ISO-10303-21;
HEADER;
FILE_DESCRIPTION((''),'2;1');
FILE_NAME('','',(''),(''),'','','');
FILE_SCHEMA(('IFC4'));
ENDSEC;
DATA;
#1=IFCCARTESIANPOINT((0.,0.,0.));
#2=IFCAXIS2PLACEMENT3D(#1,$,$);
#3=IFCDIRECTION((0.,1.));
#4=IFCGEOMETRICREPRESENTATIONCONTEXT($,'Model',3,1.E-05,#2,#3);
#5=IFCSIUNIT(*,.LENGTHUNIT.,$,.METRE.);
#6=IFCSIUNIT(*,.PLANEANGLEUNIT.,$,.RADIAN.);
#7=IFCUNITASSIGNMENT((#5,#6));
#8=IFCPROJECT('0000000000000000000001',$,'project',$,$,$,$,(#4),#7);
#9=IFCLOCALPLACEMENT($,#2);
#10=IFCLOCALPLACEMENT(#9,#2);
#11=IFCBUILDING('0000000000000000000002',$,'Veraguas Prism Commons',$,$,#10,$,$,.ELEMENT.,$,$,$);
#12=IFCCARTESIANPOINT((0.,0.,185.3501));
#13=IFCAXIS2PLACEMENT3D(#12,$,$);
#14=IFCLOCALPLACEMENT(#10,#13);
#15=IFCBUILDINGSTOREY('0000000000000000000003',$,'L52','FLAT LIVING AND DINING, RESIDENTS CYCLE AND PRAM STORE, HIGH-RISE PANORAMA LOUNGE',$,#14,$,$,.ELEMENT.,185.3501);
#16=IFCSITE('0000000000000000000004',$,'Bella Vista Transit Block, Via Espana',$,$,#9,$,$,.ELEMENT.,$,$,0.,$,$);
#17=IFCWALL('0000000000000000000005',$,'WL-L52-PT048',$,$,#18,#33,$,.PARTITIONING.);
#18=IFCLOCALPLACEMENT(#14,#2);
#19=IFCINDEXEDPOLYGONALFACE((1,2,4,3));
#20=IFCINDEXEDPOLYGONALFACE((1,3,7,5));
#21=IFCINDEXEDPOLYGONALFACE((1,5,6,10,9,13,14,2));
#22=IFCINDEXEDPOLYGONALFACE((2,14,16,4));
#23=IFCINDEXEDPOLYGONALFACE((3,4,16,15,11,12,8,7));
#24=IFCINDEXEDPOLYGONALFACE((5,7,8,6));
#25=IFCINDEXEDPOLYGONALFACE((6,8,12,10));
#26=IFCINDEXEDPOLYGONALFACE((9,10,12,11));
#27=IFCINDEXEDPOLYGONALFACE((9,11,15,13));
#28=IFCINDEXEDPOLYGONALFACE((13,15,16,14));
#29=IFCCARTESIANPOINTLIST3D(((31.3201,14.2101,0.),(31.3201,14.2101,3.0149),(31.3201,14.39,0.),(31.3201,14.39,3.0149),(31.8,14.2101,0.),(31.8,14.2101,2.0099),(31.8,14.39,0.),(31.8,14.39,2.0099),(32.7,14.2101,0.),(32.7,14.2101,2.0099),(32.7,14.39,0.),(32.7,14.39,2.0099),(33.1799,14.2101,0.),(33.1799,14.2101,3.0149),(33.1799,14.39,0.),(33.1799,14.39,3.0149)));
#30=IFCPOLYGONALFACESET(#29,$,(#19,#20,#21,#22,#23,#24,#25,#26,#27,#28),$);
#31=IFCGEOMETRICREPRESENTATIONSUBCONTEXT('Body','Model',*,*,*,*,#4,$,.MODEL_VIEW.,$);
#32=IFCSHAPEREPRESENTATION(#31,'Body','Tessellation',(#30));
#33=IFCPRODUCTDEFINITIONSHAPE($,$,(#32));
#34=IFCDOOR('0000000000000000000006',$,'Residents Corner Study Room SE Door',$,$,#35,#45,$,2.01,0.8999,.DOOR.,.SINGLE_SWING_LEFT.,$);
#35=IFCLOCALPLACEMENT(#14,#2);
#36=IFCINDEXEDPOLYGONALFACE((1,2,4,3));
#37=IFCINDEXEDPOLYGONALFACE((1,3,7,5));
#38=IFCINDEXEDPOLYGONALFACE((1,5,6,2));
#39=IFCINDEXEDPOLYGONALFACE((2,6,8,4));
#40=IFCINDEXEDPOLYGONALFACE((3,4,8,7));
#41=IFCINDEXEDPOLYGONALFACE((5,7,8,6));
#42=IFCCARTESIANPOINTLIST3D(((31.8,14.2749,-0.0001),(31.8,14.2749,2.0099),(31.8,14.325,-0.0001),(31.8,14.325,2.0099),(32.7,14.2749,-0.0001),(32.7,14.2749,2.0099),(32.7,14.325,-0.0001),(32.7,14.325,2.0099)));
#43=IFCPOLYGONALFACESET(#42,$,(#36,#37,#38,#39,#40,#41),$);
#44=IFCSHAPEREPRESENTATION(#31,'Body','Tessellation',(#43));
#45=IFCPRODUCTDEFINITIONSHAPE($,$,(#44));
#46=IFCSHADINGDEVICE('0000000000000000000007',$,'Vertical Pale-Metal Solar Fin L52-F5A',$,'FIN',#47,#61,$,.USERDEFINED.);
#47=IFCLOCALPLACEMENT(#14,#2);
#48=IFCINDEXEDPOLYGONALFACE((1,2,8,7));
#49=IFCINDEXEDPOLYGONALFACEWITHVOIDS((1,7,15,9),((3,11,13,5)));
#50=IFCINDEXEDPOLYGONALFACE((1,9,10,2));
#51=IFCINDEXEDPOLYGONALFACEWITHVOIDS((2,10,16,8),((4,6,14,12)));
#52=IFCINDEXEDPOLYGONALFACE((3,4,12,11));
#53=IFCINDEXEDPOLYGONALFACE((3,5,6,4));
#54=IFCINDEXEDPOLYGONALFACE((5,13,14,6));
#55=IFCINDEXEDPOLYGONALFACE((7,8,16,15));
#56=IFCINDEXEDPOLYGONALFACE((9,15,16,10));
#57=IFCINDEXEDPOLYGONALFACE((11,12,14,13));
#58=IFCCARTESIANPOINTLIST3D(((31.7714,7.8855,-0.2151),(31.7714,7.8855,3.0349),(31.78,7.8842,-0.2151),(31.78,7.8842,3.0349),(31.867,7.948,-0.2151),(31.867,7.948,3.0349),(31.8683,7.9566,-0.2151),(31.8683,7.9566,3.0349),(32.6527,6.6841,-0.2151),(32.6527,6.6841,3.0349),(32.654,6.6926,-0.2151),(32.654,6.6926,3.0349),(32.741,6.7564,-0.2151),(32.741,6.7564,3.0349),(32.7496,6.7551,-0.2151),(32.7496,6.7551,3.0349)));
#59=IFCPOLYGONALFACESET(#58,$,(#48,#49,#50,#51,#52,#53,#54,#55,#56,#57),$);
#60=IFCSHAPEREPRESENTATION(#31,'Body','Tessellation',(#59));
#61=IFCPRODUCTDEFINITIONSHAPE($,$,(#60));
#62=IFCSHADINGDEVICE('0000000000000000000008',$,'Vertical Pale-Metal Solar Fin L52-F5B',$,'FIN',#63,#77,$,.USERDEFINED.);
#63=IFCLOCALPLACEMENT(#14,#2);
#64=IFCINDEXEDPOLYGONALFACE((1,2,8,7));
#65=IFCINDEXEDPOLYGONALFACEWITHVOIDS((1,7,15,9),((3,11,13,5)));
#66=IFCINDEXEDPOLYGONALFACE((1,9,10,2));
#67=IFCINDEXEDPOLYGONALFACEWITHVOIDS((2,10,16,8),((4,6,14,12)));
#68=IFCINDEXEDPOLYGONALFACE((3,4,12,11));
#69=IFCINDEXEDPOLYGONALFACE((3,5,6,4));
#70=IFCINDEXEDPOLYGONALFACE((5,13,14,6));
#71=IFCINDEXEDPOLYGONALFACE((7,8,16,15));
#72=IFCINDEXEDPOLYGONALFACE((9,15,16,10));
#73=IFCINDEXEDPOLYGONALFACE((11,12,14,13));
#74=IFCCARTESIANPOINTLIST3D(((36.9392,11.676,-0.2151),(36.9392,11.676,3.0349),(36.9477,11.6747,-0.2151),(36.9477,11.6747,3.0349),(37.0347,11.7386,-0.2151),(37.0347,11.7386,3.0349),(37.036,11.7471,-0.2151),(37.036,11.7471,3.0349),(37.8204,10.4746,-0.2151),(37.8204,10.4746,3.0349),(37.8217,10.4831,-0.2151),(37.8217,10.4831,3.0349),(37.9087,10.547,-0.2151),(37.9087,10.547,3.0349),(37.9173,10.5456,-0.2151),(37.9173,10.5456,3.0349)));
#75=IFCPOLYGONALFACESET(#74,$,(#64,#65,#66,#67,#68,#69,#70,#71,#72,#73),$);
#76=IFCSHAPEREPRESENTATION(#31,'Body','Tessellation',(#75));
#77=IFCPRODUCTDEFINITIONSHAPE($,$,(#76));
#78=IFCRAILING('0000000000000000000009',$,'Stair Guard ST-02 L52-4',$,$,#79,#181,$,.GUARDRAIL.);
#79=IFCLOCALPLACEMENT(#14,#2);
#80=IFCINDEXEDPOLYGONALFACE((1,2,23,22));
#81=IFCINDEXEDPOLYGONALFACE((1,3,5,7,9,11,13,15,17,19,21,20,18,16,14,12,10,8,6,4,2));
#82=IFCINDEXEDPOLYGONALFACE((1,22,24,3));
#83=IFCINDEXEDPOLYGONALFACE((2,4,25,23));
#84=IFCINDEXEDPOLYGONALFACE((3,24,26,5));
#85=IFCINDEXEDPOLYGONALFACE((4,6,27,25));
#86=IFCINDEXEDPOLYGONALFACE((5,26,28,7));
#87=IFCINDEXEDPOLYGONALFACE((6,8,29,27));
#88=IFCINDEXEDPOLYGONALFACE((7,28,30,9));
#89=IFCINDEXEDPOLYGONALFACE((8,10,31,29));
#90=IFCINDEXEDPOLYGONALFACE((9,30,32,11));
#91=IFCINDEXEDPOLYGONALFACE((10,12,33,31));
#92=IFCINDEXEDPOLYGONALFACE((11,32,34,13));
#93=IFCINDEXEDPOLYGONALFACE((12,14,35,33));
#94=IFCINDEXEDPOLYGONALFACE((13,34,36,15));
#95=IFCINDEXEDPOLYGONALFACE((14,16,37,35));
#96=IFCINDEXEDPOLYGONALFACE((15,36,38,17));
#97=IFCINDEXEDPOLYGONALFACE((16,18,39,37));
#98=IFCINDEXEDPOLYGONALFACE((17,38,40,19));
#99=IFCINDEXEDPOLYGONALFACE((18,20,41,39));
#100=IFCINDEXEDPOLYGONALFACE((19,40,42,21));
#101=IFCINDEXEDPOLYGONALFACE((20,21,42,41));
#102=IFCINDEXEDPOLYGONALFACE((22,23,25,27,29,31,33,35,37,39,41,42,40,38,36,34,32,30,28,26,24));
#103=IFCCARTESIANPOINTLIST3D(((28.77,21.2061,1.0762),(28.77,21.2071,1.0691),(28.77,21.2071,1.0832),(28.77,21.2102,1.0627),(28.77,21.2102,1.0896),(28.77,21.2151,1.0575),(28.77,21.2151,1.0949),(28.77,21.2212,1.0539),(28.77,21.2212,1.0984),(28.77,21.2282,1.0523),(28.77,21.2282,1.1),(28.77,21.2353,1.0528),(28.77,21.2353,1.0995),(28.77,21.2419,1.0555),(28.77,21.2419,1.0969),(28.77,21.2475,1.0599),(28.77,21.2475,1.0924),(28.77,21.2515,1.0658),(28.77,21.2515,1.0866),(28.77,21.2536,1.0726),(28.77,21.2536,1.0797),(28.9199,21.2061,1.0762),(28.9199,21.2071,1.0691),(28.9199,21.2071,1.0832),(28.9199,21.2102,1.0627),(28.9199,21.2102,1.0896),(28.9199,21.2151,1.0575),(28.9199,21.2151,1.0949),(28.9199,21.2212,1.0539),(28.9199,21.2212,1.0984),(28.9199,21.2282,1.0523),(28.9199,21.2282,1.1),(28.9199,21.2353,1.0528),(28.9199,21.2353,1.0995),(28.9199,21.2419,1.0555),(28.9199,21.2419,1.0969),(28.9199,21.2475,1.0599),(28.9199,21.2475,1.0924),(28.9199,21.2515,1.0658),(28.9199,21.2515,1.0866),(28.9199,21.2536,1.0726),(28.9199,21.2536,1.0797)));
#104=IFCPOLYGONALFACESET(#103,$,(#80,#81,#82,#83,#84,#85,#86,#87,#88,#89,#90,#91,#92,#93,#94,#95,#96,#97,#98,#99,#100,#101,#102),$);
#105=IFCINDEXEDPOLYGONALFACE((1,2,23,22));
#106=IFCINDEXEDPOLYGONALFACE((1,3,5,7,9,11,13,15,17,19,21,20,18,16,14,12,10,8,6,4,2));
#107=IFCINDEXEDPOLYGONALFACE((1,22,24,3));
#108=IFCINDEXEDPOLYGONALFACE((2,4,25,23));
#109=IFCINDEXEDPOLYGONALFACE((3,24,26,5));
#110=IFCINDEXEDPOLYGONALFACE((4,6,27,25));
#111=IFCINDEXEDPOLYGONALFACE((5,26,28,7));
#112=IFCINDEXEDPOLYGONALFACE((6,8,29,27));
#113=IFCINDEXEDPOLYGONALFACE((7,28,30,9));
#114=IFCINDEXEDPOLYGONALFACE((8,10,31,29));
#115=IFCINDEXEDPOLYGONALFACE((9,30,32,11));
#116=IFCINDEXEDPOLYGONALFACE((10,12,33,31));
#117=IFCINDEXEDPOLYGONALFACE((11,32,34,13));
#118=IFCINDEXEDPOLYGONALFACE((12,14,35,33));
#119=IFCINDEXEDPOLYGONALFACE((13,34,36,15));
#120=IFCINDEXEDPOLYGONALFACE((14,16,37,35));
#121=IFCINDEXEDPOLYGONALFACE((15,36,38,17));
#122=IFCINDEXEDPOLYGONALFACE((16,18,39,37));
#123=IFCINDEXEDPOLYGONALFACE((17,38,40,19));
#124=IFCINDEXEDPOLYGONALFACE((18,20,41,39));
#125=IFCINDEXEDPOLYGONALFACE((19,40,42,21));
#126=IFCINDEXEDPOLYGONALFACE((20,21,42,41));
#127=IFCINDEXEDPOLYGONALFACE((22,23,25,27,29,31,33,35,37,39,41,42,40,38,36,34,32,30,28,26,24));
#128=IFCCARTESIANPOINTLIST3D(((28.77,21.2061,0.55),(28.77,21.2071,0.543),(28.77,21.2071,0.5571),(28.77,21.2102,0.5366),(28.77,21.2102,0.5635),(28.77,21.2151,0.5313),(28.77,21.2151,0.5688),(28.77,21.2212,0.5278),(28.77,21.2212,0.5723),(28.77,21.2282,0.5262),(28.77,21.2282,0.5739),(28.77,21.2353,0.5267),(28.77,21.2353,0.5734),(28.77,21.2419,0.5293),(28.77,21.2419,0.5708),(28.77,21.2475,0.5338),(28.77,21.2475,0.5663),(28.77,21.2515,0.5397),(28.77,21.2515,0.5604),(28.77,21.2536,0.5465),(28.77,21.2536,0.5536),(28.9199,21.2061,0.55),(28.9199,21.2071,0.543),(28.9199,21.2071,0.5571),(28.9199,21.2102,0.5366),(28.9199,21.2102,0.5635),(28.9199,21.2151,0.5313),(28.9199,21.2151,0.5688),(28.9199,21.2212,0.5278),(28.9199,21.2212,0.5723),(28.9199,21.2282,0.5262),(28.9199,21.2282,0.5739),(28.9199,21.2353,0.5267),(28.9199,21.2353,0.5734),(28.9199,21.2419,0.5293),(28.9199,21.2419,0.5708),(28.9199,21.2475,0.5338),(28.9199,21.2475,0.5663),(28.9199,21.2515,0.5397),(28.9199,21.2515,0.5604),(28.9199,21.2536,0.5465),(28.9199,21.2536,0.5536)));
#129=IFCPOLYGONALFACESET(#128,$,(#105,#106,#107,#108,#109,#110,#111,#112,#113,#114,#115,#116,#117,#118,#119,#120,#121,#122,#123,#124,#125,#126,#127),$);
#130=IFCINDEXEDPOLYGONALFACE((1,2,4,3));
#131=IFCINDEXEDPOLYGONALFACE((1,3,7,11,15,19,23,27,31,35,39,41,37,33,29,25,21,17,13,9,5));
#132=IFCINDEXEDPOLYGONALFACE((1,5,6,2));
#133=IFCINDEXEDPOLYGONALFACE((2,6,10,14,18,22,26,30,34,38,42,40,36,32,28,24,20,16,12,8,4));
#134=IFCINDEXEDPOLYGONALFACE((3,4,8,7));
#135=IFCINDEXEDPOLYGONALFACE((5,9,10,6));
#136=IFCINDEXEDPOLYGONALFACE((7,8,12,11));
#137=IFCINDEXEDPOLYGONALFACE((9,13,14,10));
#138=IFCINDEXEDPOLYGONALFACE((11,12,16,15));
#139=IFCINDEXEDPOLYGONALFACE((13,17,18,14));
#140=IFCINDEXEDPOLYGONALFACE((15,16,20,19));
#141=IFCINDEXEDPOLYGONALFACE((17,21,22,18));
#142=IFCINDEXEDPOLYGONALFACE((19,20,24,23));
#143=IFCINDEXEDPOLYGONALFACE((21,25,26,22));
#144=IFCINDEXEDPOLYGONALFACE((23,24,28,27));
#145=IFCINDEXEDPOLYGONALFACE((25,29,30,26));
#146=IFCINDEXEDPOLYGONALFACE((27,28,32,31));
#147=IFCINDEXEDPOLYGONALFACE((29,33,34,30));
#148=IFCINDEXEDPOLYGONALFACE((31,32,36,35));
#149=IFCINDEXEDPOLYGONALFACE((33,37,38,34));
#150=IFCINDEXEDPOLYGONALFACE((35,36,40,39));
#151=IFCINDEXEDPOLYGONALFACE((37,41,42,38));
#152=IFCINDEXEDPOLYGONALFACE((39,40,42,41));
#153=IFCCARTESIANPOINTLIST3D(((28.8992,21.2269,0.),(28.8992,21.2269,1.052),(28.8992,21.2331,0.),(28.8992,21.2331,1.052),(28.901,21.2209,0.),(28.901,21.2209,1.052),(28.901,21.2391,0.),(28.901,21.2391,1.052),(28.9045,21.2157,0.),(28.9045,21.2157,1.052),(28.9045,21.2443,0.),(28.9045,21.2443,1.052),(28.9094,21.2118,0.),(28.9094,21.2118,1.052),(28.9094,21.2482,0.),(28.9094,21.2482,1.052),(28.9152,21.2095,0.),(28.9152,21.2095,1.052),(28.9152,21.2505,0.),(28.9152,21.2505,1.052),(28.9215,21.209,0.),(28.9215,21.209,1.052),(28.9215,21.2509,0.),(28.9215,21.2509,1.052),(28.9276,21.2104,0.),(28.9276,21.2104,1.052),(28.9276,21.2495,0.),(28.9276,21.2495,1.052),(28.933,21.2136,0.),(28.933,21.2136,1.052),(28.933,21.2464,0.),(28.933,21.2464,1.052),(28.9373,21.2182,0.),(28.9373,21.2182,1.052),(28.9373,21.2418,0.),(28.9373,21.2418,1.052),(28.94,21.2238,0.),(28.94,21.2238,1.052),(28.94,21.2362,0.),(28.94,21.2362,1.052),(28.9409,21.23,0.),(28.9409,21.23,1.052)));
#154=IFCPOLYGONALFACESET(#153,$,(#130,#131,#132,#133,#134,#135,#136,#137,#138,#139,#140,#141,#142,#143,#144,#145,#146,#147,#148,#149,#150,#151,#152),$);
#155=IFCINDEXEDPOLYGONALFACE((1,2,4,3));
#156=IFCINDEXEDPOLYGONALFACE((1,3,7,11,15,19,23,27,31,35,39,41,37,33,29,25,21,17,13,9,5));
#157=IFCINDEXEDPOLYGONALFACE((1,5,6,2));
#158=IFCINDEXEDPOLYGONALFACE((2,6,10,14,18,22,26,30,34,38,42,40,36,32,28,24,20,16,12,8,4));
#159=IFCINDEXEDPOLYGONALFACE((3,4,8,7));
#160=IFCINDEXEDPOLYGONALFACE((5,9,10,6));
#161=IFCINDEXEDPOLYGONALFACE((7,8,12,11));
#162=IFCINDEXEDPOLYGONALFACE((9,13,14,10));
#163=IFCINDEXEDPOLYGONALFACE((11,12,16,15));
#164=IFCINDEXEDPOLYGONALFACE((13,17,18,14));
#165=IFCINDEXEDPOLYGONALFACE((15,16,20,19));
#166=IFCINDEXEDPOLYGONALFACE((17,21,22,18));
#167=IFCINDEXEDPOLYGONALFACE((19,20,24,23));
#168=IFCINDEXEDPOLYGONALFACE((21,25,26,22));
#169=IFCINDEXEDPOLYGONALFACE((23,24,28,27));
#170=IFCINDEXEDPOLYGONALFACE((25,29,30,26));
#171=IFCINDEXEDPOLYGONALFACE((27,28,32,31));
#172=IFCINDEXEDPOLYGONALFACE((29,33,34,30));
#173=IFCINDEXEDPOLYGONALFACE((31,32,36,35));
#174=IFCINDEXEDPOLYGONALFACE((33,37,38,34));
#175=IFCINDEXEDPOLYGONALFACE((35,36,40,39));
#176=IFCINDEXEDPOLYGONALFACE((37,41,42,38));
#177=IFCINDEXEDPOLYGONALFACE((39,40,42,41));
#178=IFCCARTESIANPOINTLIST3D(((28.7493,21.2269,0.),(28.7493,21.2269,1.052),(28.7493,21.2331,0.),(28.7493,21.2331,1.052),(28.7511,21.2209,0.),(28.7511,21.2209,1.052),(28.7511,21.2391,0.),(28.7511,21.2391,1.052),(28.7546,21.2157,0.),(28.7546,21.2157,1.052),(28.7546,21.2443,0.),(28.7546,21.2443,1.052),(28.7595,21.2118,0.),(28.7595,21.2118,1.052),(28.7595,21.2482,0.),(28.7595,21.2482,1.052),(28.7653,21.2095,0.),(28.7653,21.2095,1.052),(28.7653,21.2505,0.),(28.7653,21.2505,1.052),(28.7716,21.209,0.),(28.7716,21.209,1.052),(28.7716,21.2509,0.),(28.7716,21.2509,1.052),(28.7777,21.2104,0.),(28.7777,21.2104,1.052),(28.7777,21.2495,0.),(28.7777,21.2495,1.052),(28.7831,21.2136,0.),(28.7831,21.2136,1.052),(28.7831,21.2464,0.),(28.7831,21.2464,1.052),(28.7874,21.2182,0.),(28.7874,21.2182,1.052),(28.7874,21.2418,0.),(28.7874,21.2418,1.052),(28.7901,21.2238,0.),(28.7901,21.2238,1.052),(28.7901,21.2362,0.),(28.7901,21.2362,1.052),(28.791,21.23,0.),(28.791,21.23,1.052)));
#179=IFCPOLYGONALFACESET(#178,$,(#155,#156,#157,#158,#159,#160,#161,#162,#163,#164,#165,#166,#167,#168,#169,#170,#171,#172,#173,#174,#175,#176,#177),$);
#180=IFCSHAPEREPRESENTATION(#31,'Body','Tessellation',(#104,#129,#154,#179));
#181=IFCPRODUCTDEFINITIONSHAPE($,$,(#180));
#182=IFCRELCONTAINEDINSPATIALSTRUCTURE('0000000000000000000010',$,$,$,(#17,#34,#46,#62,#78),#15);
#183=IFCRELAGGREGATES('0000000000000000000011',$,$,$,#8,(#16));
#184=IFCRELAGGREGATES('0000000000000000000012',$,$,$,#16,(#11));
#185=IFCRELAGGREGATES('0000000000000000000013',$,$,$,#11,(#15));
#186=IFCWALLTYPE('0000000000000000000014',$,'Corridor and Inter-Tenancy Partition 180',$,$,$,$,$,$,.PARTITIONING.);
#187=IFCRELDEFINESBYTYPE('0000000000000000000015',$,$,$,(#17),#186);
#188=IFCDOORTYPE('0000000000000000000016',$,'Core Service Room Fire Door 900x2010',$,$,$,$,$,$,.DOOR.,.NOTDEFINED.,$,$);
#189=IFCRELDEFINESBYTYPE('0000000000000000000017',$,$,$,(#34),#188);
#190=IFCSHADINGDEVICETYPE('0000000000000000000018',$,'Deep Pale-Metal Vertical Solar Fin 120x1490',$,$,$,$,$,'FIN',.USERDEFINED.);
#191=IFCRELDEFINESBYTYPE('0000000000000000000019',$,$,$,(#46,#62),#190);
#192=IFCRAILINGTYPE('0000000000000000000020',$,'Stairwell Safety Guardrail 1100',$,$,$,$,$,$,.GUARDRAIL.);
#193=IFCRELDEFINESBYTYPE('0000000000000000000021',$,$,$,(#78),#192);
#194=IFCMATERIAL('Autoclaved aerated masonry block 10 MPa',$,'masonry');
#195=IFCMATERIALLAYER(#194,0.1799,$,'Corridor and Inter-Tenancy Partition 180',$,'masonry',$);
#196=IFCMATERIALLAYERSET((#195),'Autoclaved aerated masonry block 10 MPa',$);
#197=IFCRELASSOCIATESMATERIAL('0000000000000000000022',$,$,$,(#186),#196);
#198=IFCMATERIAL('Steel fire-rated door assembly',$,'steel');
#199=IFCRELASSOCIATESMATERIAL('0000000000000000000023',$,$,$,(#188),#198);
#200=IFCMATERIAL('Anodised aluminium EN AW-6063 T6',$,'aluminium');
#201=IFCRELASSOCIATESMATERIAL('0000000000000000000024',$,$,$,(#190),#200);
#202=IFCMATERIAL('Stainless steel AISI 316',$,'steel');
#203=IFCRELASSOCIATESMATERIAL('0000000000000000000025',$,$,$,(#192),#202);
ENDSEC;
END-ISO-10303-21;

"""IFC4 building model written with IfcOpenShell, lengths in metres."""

from ifc_helpers import new_model, si_unit, direction, frame, frame_2d, origin, origin_2d, place, context, subcontext, project, spatial, rectangle, hollow_rectangle, circle, extrude, source, transform, mapped, material, layer, layer_set, material_profile, profile_set, type_object, element, fill, save


model = new_model("IFC4")

# Units and contexts
model_context = context("Model", 3, precision=1e-05, world=origin(), true_north=direction((0.0, 1.0)))
body_context = subcontext(model_context, "Body", "Model", "MODEL_VIEW")
ifc_project = project(units=[si_unit("LENGTHUNIT", "METRE"), si_unit("PLANEANGLEUNIT", "RADIAN")], contexts=[model_context])

# Site, building, storey
site_placement = place(None, origin())
site = spatial("IfcSite", under=ifc_project, at=site_placement, Name="Bella Vista Transit Block, Via Espana", CompositionType="ELEMENT", RefElevation=0.0)
building_placement = place(site_placement, origin())
building = spatial("IfcBuilding", under=site, at=building_placement, Name="Veraguas Prism Commons", CompositionType="ELEMENT")
storey_placement = place(building_placement, frame((0.0, 0.0, 185.3501)))
storey = spatial("IfcBuildingStorey", under=building, at=storey_placement, Name="L52", Description="FLAT LIVING AND DINING, RESIDENTS CYCLE AND PRAM STORE, HIGH-RISE PANORAMA LOUNGE", CompositionType="ELEMENT", Elevation=185.3501)

# Shared definitions
ifc_material_1 = material(Name="Anodised aluminium EN AW-6063 T6", Category="aluminium")

# Shared definitions
ifc_material_2 = material(Name="Autoclaved aerated masonry block 10 MPa", Category="masonry")
ifc_layer_1 = layer(ifc_material_2, 0.1799, Name="Corridor and Inter-Tenancy Partition 180", Category="masonry")
ifc_layer_set_1 = layer_set([ifc_layer_1], Name="Autoclaved aerated masonry block 10 MPa")
wall_type_1 = type_object("IfcWallType", Name="Corridor and Inter-Tenancy Partition 180", PredefinedType="PARTITIONING", material=ifc_layer_set_1)

# Shared definitions
ifc_material_3 = material(Name="Steel fire-rated door assembly", Category="steel")

# Wall, opening, door
wall_1_placement = place(storey_placement, frame((31.3201, 14.3, 0.0), z_axis=(0.0, 0.0, 1.0), x_axis=(1.0, 0.0, 0.0)))
wall_1 = element("IfcWall", 1, at=wall_1_placement, inside=storey, type_object=wall_type_1, Name="WL-L52-PT048", PredefinedType="PARTITIONING", context=body_context, shape_type="SweptSolid", body=[
    extrude(rectangle(XDim=1.8599, YDim=0.1799, at=frame_2d((0.9299, 0.0))), origin(), (0.0, 0.0, 1.0), 3.0149),
])
opening_1_placement = place(wall_1_placement, frame((0.48, 0.0, 0.0)))
opening_1 = element("IfcOpeningElement", 2, at=opening_1_placement, cuts=wall_1, PredefinedType="OPENING", context=body_context, shape_type="SweptSolid", body=[
    extrude(rectangle(XDim=0.8999, YDim=2.01, at=frame_2d((0.45, 1.0049))), frame((0.0, 0.0999, 0.0), z_axis=(0.0, -1.0, 0.0), x_axis=(1.0, 0.0, 0.0)), (0.0, 0.0, 1.0), 0.2),
])
door_type_1 = type_object("IfcDoorType", Name="Core Service Room Fire Door 900x2010", OperationType="NOTDEFINED", PredefinedType="DOOR", material=ifc_material_3)
shared_shape_1 = source(origin(), body_context, "Body", "SweptSolid", [
    extrude(rectangle(XDim=0.8999, YDim=2.01, at=frame_2d((0.45, 1.0049))), frame((0.0, 0.0249, 0.0), z_axis=(0.0, -1.0, 0.0), x_axis=(1.0, 0.0, 0.0)), (0.0, 0.0, 1.0), 0.05),
])
door_1_placement = place(opening_1_placement, origin())
door_1 = element("IfcDoor", 3, at=door_1_placement, inside=storey, type_object=door_type_1, Name="Residents Corner Study Room SE Door", OperationType="SINGLE_SWING_LEFT", OverallHeight=2.01, OverallWidth=0.8999, PredefinedType="DOOR", context=body_context, shape_type="MappedRepresentation", body=[
    mapped(shared_shape_1, transform((0.0, 0.0, 0.0), scale=1.0)),
])
fill(opening_1, door_1)

# Shading devices
ifc_material_profile_1 = material_profile(ifc_material_1, hollow_rectangle(XDim=0.1201, YDim=1.49, WallThickness=0.0061, at=origin_2d()), Name="FIN120X1490X6")
ifc_profile_set_1 = profile_set([ifc_material_profile_1], Name="Anodised aluminium EN AW-6063 T6")
shading_device_type = type_object("IfcShadingDeviceType", Name="Deep Pale-Metal Vertical Solar Fin 120x1490", ElementType="FIN", PredefinedType="USERDEFINED", material=ifc_profile_set_1)
for number, where, z_axis, x_axis, name in (
    (4, (32.2605, 7.3203, -0.2151), (0.0, 0.0, 1.0), (0.806341, 0.59145, 0.0), "Vertical Pale-Metal Solar Fin L52-F5A"),
    (5, (37.4282, 11.1108, -0.2151), (0.0, 0.0, 1.0), (0.806341, 0.59145, 0.0), "Vertical Pale-Metal Solar Fin L52-F5B"),
):
    element("IfcShadingDevice", number, at=place(storey_placement, frame(where, z_axis=z_axis, x_axis=x_axis)), inside=storey, type_object=shading_device_type, Name=name, ObjectType="FIN", PredefinedType="USERDEFINED", context=body_context, shape_type="SweptSolid", body=[
        extrude(hollow_rectangle(XDim=0.1201, YDim=1.49, WallThickness=0.0061, at=origin_2d()), origin(), (0.0, 0.0, 1.0), 3.25),
    ])

# Railing
ifc_material_4 = material(Name="Stainless steel AISI 316", Category="steel")
railing_type = type_object("IfcRailingType", Name="Stairwell Safety Guardrail 1100", PredefinedType="GUARDRAIL", material=ifc_material_4)
railing_placement = place(storey_placement, frame((28.9199, 21.23, 0.0)))
element("IfcRailing", 6, at=railing_placement, inside=storey, type_object=railing_type, Name="Stair Guard ST-02 L52-4", PredefinedType="GUARDRAIL", context=body_context, shape_type="SweptSolid", body=[
    extrude(circle(Radius=0.0239, at=origin_2d()), frame((0.0, 0.0, 1.0762), z_axis=(-1.0, 0.0, 0.0), x_axis=(0.0, -1.0, 0.0)), (0.0, 0.0, 1.0), 0.1499),
    extrude(circle(Radius=0.0239, at=origin_2d()), frame((0.0, 0.0, 0.55), z_axis=(-1.0, 0.0, 0.0), x_axis=(0.0, -1.0, 0.0)), (0.0, 0.0, 1.0), 0.1499),
    extrude(circle(Radius=0.021, at=origin_2d()), origin(), (0.0, 0.0, 1.0), 1.052),
    extrude(circle(Radius=0.021, at=origin_2d()), frame((-0.1499, 0.0, 0.0)), (0.0, 0.0, 1.0), 1.052),
])

save(model, "model.ifc")
